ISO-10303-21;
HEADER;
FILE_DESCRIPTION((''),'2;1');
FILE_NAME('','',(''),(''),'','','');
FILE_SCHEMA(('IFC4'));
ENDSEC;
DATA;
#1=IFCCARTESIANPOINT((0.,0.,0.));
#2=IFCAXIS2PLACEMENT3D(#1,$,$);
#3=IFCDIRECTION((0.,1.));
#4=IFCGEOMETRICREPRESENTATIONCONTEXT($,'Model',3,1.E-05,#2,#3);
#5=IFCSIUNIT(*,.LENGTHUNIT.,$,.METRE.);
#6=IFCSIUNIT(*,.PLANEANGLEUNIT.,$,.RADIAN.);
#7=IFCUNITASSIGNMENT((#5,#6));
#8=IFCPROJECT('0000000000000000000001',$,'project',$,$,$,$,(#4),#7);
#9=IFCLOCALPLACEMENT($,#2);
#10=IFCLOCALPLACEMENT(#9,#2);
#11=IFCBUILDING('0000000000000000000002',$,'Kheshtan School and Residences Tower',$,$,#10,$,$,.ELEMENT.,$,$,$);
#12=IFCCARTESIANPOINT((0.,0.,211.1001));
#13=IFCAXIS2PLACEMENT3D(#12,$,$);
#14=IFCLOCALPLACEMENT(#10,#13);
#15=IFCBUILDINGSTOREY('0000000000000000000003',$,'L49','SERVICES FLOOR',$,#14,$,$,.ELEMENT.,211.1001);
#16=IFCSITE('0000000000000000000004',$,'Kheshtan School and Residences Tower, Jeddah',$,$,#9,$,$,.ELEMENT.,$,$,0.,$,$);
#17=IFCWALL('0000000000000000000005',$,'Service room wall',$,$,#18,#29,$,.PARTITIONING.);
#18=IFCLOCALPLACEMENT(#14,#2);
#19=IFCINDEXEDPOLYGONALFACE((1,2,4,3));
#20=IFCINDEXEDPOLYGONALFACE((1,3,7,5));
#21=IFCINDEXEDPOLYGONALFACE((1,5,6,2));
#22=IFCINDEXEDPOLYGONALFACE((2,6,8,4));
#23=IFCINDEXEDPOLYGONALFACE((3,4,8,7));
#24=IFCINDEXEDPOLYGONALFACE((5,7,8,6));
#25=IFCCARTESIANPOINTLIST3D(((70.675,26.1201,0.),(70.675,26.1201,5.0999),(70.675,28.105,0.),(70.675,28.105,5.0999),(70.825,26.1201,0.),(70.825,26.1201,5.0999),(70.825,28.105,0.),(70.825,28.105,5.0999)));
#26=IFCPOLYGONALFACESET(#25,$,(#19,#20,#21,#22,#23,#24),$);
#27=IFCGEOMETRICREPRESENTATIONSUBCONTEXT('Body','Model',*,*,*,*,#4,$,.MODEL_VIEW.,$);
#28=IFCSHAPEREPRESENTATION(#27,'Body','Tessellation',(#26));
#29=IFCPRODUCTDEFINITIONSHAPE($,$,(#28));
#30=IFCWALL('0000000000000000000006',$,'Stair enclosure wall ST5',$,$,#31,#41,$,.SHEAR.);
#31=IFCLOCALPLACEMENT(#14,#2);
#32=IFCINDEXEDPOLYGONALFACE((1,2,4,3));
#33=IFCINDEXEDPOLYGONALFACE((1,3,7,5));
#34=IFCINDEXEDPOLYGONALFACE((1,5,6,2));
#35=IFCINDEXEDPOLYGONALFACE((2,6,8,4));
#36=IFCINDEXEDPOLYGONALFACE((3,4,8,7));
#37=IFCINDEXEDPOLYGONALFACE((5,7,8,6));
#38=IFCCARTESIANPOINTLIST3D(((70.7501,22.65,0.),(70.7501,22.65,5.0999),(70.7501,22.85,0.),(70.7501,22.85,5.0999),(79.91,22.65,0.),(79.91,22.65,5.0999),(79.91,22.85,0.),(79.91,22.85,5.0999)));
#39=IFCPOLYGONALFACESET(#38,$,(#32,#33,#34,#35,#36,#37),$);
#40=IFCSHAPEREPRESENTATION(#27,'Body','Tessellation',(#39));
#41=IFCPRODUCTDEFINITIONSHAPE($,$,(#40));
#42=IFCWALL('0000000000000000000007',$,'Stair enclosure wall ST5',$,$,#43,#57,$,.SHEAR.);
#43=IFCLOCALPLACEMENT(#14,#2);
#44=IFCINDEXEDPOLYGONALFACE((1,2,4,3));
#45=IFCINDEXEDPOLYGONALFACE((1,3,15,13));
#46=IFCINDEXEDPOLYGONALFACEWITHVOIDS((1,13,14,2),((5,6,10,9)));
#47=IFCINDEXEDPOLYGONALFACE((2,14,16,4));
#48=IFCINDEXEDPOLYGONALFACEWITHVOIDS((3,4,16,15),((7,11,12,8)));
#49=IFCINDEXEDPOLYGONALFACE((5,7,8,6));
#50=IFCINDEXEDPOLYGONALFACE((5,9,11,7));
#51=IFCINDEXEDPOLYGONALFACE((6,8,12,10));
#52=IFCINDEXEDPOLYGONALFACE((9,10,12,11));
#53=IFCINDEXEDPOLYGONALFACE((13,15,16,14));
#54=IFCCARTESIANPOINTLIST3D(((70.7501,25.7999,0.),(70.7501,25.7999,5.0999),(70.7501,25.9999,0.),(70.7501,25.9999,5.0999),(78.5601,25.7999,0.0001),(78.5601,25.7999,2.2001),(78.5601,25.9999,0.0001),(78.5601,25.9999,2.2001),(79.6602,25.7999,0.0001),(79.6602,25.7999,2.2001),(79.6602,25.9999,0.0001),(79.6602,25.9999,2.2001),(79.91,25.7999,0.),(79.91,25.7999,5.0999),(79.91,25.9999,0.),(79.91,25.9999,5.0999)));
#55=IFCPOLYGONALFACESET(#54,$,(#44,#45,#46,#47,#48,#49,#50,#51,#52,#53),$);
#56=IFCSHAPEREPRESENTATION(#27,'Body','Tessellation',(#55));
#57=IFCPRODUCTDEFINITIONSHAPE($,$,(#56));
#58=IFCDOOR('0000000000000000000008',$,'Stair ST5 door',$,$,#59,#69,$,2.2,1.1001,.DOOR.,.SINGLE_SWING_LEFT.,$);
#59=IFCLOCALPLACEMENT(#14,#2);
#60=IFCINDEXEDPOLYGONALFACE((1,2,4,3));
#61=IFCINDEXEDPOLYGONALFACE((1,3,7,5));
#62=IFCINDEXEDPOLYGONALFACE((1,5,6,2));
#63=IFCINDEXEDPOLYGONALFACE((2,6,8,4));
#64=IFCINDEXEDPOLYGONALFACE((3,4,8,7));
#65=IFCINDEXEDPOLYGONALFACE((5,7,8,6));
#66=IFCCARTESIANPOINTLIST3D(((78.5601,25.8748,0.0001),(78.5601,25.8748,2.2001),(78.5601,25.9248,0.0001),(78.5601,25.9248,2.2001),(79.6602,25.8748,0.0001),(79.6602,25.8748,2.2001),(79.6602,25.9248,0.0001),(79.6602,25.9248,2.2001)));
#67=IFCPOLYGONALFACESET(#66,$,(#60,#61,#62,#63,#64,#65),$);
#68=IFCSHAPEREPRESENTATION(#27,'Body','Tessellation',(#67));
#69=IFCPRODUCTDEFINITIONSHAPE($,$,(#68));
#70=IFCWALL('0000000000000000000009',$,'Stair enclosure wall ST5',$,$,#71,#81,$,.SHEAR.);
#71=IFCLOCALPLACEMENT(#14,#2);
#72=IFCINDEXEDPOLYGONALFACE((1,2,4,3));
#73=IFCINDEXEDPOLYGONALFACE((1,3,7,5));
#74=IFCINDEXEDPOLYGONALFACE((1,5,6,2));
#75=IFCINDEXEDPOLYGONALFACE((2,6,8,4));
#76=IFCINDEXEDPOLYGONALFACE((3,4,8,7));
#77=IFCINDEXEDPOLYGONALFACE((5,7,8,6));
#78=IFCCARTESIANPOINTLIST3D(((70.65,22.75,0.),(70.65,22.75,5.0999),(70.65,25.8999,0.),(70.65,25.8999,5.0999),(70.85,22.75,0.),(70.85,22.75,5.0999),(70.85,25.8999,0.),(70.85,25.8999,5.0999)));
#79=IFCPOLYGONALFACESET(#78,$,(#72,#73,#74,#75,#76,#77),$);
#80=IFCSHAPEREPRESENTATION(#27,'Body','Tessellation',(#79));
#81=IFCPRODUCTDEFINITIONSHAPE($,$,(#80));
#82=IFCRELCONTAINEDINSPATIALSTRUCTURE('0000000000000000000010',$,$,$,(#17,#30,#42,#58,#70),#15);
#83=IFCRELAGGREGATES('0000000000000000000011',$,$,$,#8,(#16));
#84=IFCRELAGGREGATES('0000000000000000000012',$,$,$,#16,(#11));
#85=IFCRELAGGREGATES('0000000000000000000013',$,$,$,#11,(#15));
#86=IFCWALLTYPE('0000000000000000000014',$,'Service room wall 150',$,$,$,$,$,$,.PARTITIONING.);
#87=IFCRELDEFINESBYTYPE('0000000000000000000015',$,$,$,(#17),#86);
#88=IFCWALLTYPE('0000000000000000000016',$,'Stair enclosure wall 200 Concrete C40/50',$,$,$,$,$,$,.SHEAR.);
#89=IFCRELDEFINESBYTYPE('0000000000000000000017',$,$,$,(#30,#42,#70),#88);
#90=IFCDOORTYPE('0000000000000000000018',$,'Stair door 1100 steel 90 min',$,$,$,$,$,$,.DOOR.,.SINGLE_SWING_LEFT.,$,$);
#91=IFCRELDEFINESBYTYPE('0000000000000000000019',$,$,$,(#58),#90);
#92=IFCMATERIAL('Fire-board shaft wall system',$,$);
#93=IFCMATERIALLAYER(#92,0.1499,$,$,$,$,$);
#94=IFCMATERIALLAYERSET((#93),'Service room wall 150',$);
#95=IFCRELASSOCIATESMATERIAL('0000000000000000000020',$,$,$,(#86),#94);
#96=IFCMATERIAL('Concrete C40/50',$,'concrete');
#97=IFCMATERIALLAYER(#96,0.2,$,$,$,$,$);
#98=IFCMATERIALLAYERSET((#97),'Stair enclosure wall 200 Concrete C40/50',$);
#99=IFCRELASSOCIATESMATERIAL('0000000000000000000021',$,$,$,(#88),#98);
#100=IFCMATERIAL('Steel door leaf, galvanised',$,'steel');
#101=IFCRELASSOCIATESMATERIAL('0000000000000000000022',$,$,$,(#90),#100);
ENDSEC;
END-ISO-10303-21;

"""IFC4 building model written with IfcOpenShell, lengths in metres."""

from ifc_helpers import new_model, si_unit, direction, frame, frame_2d, origin, place, context, subcontext, project, spatial, rectangle, extrude, source, transform, mapped, material, layer, layer_set, type_object, element, fill, save


model = new_model("IFC4")

# Units and contexts
model_context = context("Model", 3, precision=1e-05, world=origin(), true_north=direction((0.0, 1.0)))
body_context = subcontext(model_context, "Body", "Model", "MODEL_VIEW")
ifc_project = project(units=[si_unit("LENGTHUNIT", "METRE"), si_unit("PLANEANGLEUNIT", "RADIAN")], contexts=[model_context])

# Site, building, storey
site_placement = place(None, origin())
site = spatial("IfcSite", under=ifc_project, at=site_placement, Name="Kheshtan School and Residences Tower, Jeddah", CompositionType="ELEMENT", RefElevation=0.0)
building_placement = place(site_placement, origin())
building = spatial("IfcBuilding", under=site, at=building_placement, Name="Kheshtan School and Residences Tower", CompositionType="ELEMENT")
storey_placement = place(building_placement, frame((0.0, 0.0, 211.1001)))
storey = spatial("IfcBuildingStorey", under=building, at=storey_placement, Name="L49", Description="SERVICES FLOOR", CompositionType="ELEMENT", Elevation=211.1001)

# Shared definitions
ifc_material_1 = material(Name="Fire-board shaft wall system")
ifc_layer_1 = layer(ifc_material_1, 0.1499)
ifc_layer_set_1 = layer_set([ifc_layer_1], Name="Service room wall 150")
wall_type_1 = type_object("IfcWallType", Name="Service room wall 150", PredefinedType="PARTITIONING", material=ifc_layer_set_1)

# Shared definitions
ifc_material_2 = material(Name="Steel door leaf, galvanised", Category="steel")

# Walls
wall_1_placement = place(storey_placement, frame((70.75, 26.1201, 0.0), z_axis=(0.0, 0.0, 1.0), x_axis=(0.0, 1.0, 0.0)))
element("IfcWall", 1, at=wall_1_placement, inside=storey, type_object=wall_type_1, Name="Service room wall", PredefinedType="PARTITIONING", context=body_context, shape_type="SweptSolid", body=[
    extrude(rectangle(XDim=1.9849, YDim=0.1499, at=frame_2d((0.9924, 0.0))), origin(), (0.0, 0.0, 1.0), 5.0999),
])
ifc_material_3 = material(Name="Concrete C40/50", Category="concrete")
ifc_layer_2 = layer(ifc_material_3, 0.2)
ifc_layer_set_2 = layer_set([ifc_layer_2], Name="Stair enclosure wall 200 Concrete C40/50")
wall_type_2 = type_object("IfcWallType", Name="Stair enclosure wall 200 Concrete C40/50", PredefinedType="SHEAR", material=ifc_layer_set_2)
wall_2_placement = place(storey_placement, frame((70.75, 22.75, 0.0), z_axis=(0.0, 0.0, 1.0), x_axis=(1.0, 0.0, 0.0)))
element("IfcWall", 2, at=wall_2_placement, inside=storey, type_object=wall_type_2, Name="Stair enclosure wall ST5", PredefinedType="SHEAR", context=body_context, shape_type="SweptSolid", body=[
    extrude(rectangle(XDim=9.1599, YDim=0.2, at=frame_2d((4.5801, 0.0))), origin(), (0.0, 0.0, 1.0), 5.0999),
])

# Wall, opening, door
wall_3_placement = place(storey_placement, frame((70.75, 25.8999, 0.0), z_axis=(0.0, 0.0, 1.0), x_axis=(1.0, 0.0, 0.0)))
wall_3 = element("IfcWall", 3, at=wall_3_placement, inside=storey, type_object=wall_type_2, Name="Stair enclosure wall ST5", PredefinedType="SHEAR", context=body_context, shape_type="SweptSolid", body=[
    extrude(rectangle(XDim=9.1599, YDim=0.2, at=frame_2d((4.5801, 0.0))), origin(), (0.0, 0.0, 1.0), 5.0999),
])
opening_1_placement = place(wall_3_placement, frame((7.8101, 0.0, 0.0)))
opening_1 = element("IfcOpeningElement", 4, at=opening_1_placement, cuts=wall_3, PredefinedType="OPENING", context=body_context, shape_type="SweptSolid", body=[
    extrude(rectangle(XDim=1.1001, YDim=2.2, at=frame_2d((0.55, 1.1001))), frame((0.0, 0.1099, 0.0), z_axis=(0.0, -1.0, 0.0), x_axis=(1.0, 0.0, 0.0)), (0.0, 0.0, 1.0), 0.22),
])
door_type_1 = type_object("IfcDoorType", Name="Stair door 1100 steel 90 min", OperationType="SINGLE_SWING_LEFT", PredefinedType="DOOR", material=ifc_material_2)
shared_shape_1 = source(origin(), body_context, "Body", "SweptSolid", [
    extrude(rectangle(XDim=1.1001, YDim=2.2, at=frame_2d((0.55, 1.1001))), frame((0.0, 0.0249, 0.0), z_axis=(0.0, -1.0, 0.0), x_axis=(1.0, 0.0, 0.0)), (0.0, 0.0, 1.0), 0.05),
])
door_1_placement = place(opening_1_placement, origin())
door_1 = element("IfcDoor", 5, at=door_1_placement, inside=storey, type_object=door_type_1, Name="Stair ST5 door", OperationType="SINGLE_SWING_LEFT", OverallHeight=2.2, OverallWidth=1.1001, PredefinedType="DOOR", context=body_context, shape_type="MappedRepresentation", body=[
    mapped(shared_shape_1, transform((0.0, 0.0, 0.0), x_axis=(1.0, 0.0, 0.0), y_axis=(0.0, 1.0, 0.0), z_axis=(0.0, 0.0, 1.0), scale=1.0)),
])
fill(opening_1, door_1)

# Wall
wall_4_placement = place(storey_placement, frame((70.75, 22.75, 0.0), z_axis=(0.0, 0.0, 1.0), x_axis=(0.0, 1.0, 0.0)))
element("IfcWall", 6, at=wall_4_placement, inside=storey, type_object=wall_type_2, Name="Stair enclosure wall ST5", PredefinedType="SHEAR", context=body_context, shape_type="SweptSolid", body=[
    extrude(rectangle(XDim=3.1499, YDim=0.2, at=frame_2d((1.575, 0.0))), origin(), (0.0, 0.0, 1.0), 5.0999),
])

save(model, "model.ifc")
